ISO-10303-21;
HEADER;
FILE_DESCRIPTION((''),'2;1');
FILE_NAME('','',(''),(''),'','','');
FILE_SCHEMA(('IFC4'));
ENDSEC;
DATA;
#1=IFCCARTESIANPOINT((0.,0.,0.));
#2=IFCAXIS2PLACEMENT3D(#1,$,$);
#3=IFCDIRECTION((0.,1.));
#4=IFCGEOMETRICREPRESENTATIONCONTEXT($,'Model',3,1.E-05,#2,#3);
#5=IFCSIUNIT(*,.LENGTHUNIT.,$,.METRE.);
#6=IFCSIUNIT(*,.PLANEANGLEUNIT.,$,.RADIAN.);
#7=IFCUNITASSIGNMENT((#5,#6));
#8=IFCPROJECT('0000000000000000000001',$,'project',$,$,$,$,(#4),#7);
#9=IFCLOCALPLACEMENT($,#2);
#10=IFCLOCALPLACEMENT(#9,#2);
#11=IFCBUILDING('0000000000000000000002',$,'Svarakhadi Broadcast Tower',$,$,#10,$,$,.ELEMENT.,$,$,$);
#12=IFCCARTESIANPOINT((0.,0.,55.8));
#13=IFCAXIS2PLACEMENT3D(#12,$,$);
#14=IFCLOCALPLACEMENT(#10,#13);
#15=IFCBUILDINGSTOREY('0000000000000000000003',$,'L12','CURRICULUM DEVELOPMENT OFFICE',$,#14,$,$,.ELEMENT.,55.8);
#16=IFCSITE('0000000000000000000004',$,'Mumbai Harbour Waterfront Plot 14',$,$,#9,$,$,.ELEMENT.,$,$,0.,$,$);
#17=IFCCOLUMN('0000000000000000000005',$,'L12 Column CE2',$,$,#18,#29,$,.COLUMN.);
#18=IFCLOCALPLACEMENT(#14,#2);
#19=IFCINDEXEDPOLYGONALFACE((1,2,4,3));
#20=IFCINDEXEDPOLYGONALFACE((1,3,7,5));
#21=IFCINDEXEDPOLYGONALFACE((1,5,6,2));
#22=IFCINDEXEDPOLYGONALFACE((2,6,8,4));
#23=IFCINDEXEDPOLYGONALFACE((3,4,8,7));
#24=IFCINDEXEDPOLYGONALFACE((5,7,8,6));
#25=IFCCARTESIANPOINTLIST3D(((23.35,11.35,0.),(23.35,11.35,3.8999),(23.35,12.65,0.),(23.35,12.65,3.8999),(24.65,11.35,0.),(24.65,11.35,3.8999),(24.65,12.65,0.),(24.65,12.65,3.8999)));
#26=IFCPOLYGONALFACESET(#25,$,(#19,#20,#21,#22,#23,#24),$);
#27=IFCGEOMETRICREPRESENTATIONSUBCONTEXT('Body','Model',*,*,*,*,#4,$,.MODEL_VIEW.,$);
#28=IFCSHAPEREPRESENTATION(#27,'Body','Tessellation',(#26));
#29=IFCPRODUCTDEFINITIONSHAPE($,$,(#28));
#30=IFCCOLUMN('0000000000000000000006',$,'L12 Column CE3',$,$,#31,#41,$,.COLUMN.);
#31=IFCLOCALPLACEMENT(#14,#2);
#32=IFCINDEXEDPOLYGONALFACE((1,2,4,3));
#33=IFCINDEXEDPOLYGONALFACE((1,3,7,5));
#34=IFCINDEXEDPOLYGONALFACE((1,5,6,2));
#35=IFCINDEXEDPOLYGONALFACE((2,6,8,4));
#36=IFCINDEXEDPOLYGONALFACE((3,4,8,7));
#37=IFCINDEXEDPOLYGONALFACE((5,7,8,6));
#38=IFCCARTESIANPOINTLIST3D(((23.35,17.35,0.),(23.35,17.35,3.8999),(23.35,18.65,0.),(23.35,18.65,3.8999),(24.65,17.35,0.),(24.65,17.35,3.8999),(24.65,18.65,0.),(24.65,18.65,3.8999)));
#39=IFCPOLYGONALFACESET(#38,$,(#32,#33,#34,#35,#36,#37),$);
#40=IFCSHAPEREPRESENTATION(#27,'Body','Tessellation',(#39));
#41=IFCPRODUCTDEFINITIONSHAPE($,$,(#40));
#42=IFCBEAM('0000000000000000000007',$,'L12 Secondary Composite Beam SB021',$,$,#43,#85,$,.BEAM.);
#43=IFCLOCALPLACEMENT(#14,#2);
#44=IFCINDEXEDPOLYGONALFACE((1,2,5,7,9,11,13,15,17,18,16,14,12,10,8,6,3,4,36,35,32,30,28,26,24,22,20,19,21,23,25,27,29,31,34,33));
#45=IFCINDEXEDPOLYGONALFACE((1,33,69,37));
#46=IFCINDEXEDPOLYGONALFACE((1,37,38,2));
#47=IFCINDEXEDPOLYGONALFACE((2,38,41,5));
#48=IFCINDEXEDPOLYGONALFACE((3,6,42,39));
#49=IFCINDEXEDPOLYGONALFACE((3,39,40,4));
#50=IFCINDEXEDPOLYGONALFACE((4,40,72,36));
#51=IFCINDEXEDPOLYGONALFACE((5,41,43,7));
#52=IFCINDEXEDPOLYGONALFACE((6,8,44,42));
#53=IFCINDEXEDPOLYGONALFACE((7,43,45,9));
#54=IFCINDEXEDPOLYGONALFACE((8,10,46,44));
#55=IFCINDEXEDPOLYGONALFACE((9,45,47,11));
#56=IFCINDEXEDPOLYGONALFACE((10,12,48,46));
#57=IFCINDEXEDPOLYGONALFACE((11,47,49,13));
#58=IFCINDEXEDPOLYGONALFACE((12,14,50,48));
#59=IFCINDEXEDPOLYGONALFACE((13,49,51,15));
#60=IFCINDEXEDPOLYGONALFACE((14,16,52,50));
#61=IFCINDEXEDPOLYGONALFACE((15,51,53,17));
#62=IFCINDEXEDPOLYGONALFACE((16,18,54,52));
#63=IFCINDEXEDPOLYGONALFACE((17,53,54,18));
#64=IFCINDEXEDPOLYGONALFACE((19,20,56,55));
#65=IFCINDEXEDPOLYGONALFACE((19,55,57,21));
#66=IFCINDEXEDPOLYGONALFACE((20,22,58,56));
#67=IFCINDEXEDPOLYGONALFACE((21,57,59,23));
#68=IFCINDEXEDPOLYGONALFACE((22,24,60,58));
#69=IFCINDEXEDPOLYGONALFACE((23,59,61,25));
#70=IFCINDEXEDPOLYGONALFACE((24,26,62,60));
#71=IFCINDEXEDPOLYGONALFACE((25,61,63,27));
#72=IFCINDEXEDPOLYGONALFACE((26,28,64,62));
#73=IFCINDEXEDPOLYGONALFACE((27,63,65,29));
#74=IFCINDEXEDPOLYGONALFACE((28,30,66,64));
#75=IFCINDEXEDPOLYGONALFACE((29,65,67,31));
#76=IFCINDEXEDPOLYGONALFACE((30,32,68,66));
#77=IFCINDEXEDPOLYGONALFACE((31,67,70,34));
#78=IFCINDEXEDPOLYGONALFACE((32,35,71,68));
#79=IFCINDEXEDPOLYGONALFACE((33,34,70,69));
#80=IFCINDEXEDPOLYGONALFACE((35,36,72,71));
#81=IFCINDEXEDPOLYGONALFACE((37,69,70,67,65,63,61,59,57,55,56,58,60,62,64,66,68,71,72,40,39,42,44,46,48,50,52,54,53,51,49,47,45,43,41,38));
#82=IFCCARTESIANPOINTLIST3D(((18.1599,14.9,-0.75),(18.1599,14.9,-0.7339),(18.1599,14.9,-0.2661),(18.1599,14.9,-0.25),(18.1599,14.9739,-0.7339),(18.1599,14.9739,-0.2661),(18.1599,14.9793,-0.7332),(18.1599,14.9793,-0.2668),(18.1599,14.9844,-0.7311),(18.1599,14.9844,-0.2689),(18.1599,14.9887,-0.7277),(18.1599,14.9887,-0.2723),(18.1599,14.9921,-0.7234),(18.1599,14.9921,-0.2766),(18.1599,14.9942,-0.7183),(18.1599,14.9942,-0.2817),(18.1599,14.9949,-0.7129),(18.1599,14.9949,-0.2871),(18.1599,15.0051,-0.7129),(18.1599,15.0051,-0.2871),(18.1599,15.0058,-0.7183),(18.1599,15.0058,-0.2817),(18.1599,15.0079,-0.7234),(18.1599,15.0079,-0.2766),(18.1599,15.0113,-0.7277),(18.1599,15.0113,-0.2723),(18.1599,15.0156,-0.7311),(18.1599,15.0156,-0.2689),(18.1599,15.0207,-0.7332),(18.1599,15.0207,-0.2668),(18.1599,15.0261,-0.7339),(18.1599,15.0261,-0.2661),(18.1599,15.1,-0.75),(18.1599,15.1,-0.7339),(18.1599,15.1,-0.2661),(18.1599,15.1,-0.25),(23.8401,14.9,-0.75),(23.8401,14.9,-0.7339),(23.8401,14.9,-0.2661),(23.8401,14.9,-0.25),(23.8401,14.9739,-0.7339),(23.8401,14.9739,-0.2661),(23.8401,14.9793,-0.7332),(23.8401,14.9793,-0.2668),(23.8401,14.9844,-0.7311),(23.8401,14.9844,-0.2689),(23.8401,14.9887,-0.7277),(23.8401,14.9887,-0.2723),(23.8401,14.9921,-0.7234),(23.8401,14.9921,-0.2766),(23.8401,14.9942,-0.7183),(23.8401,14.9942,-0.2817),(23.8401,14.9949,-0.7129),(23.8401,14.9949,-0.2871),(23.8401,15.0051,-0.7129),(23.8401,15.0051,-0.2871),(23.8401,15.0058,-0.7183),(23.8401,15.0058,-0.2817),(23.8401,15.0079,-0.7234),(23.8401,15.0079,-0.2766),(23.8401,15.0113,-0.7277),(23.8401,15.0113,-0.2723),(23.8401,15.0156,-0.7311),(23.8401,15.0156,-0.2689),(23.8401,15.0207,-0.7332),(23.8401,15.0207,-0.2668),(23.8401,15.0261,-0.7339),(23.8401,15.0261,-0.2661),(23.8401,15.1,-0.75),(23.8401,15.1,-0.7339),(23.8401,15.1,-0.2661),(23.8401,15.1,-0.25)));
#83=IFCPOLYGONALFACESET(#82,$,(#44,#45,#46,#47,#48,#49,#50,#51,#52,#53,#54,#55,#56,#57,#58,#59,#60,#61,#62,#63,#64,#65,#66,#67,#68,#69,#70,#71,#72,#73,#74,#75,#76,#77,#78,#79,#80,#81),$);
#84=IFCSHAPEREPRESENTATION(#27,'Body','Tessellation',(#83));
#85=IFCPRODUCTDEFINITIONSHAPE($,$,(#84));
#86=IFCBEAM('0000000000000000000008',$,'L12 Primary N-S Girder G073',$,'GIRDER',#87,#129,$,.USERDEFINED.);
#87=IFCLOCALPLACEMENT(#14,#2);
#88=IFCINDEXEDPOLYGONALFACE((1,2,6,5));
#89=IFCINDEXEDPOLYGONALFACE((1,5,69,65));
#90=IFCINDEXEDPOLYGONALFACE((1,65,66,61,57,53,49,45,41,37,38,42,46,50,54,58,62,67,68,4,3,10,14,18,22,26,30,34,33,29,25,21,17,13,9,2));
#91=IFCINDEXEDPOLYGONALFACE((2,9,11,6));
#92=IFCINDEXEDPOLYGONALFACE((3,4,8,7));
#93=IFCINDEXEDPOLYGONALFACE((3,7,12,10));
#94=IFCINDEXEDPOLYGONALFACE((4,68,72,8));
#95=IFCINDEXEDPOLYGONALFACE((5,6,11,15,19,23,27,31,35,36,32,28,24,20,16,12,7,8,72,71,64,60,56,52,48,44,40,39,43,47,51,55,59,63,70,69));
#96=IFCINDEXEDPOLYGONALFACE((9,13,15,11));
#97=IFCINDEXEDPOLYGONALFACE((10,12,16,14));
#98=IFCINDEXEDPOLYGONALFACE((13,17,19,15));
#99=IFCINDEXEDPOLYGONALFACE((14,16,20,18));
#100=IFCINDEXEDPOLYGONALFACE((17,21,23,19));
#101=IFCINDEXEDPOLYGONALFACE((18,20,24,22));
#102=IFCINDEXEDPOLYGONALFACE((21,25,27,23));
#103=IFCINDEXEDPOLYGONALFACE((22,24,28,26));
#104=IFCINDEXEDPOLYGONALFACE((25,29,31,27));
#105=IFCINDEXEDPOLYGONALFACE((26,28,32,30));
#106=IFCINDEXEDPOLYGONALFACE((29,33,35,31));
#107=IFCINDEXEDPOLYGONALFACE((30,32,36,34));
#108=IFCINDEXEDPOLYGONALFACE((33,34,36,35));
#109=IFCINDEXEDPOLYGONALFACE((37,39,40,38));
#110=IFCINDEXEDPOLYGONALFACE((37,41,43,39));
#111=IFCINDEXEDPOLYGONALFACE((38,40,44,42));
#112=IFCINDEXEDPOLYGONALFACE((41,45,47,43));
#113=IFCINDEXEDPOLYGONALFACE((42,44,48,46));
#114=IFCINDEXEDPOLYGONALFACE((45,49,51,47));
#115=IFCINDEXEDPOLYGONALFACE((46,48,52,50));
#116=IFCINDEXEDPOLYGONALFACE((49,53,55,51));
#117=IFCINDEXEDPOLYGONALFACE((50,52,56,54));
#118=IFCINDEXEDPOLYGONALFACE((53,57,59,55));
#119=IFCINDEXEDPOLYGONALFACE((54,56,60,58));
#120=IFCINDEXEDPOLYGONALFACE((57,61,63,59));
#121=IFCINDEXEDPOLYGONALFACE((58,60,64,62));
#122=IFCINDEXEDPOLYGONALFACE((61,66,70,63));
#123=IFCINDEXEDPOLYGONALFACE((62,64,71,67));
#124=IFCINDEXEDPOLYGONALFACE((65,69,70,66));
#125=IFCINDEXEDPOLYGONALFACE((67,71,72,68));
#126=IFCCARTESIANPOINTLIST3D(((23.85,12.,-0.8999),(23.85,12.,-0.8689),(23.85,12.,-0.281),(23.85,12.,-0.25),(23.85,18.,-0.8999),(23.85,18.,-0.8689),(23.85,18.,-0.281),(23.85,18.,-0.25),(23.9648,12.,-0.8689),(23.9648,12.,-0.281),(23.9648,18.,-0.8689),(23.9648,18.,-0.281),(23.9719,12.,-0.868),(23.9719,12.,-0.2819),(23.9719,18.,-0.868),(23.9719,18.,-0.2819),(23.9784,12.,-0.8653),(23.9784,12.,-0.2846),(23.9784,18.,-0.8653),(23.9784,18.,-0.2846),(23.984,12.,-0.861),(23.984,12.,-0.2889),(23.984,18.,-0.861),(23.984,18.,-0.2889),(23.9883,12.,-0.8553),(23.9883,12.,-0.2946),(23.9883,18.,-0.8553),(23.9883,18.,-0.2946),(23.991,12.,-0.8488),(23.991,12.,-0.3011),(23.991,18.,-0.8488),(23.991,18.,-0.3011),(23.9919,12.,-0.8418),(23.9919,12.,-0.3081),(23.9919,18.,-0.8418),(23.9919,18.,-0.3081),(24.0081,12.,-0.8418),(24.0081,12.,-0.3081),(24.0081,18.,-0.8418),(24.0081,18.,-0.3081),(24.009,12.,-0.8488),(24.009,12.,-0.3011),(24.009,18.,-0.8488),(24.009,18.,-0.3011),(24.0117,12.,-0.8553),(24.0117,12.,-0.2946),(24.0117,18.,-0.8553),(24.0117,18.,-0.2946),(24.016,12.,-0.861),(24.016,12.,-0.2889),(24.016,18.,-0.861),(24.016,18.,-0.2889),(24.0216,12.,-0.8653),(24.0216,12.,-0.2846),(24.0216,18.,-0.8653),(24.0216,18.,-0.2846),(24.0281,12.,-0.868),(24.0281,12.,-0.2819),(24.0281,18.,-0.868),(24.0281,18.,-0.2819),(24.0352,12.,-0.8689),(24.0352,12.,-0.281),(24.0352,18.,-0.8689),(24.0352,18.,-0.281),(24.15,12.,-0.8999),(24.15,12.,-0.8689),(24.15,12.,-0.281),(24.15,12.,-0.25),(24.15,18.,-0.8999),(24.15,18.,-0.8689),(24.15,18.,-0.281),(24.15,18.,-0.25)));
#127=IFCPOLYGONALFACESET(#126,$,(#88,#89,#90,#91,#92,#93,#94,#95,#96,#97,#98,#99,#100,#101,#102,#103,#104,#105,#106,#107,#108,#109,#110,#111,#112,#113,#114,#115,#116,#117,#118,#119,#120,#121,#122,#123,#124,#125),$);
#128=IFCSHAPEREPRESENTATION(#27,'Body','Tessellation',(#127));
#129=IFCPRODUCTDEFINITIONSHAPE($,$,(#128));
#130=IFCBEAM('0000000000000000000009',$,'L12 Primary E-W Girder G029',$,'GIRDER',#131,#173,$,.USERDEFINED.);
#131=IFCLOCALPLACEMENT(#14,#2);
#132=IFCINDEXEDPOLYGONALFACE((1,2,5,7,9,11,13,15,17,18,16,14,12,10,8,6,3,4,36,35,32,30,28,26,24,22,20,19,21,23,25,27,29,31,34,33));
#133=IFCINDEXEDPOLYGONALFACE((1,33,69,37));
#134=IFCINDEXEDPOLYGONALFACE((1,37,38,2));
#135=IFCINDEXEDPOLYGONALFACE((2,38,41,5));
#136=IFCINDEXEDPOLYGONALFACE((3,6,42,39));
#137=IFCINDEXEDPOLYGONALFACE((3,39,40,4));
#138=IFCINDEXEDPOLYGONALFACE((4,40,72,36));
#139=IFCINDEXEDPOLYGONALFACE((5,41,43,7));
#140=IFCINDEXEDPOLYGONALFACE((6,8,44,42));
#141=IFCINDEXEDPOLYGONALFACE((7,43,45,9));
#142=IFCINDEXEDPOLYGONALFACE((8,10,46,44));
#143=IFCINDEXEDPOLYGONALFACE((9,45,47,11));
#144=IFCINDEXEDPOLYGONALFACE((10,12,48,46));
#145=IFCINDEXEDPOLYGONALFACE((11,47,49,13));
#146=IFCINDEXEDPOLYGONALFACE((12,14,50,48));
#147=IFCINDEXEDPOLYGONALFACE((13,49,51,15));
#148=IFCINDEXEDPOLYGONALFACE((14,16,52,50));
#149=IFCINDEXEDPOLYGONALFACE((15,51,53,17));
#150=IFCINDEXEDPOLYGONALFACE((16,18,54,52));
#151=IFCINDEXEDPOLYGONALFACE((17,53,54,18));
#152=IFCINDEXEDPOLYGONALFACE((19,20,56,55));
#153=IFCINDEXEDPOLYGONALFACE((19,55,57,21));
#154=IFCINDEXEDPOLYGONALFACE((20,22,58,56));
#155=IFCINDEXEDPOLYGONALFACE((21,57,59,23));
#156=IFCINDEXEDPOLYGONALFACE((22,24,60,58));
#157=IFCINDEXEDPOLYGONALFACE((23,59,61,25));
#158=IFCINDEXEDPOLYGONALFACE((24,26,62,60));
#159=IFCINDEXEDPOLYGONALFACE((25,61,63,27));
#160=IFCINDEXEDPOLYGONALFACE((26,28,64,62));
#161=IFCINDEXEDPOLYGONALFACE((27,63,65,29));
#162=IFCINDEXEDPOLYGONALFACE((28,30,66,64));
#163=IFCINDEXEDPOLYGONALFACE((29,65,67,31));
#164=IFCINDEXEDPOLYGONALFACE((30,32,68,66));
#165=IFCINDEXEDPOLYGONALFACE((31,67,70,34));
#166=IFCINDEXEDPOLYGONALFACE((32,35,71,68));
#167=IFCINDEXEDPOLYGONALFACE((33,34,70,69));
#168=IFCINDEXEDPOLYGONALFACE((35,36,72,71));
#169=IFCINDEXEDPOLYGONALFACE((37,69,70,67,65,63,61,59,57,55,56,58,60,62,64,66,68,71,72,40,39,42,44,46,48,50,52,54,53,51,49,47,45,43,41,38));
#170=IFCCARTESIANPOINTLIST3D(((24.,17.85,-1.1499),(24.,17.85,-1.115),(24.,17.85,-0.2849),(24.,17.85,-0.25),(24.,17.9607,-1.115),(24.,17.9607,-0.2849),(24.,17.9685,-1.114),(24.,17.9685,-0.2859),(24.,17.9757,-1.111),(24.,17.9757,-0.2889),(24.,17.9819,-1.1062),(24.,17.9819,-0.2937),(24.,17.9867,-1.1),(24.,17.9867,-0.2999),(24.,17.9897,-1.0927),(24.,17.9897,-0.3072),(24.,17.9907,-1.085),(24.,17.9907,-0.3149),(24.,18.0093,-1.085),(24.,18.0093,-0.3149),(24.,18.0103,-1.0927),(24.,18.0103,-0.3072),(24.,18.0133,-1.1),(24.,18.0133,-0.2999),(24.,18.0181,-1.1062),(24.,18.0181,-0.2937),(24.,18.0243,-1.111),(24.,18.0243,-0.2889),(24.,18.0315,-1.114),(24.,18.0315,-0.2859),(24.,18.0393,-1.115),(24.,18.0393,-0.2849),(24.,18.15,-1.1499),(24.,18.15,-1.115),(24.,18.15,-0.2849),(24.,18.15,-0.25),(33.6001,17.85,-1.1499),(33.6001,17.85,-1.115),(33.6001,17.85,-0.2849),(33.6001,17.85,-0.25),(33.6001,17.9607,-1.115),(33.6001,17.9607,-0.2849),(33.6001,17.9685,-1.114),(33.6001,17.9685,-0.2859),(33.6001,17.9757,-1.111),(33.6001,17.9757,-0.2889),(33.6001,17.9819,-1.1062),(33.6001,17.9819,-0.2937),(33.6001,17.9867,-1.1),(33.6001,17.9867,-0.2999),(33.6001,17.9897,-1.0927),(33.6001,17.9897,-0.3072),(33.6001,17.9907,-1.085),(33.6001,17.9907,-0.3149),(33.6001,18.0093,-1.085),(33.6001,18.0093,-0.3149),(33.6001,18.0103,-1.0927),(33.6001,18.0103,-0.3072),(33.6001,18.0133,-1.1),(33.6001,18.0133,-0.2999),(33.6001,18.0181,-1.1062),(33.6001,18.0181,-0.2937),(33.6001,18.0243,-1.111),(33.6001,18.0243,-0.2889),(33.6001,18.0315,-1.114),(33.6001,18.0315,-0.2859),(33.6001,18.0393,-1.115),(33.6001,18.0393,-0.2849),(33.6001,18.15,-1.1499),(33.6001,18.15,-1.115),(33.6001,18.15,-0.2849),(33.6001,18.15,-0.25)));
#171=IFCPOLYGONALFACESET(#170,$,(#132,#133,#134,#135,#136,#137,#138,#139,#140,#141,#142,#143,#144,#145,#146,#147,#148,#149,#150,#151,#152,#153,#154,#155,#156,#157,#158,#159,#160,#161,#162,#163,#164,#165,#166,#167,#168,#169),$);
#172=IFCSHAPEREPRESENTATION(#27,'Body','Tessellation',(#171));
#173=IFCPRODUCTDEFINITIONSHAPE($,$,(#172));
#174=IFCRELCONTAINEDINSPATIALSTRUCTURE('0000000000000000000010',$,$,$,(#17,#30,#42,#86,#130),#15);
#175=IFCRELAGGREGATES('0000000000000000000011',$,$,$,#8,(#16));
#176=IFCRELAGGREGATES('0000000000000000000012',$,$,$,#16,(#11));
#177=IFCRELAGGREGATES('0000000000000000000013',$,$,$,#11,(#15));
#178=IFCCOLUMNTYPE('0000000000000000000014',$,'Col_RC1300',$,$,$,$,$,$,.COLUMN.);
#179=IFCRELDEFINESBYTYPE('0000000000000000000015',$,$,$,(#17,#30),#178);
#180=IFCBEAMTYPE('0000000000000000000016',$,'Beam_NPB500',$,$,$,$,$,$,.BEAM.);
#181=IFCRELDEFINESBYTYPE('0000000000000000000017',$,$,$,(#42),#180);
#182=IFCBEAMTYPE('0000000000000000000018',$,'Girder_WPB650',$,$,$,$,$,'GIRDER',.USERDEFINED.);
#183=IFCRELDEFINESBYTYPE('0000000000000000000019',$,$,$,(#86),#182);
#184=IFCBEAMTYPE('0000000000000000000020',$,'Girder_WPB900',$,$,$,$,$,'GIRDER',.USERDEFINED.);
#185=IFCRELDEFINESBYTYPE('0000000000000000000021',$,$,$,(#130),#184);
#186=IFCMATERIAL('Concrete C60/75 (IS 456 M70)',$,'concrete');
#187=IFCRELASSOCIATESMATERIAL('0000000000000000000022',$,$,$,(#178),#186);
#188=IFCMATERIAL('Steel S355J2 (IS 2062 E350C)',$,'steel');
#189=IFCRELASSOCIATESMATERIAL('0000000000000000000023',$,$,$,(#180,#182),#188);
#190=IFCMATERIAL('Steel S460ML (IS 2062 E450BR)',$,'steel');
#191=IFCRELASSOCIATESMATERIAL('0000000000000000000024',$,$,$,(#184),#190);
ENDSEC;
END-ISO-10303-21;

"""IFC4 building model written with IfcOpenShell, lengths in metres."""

from ifc_helpers import new_model, si_unit, direction, frame, origin, origin_2d, place, context, subcontext, project, spatial, rectangle, i_section, extrude, material, material_profile, profile_set, type_object, element, save


model = new_model("IFC4")

# Units and contexts
model_context = context("Model", 3, precision=1e-05, world=origin(), true_north=direction((0.0, 1.0)))
body_context = subcontext(model_context, "Body", "Model", "MODEL_VIEW")
ifc_project = project(units=[si_unit("LENGTHUNIT", "METRE"), si_unit("PLANEANGLEUNIT", "RADIAN")], contexts=[model_context])

# Site, building, storey
site_placement = place(None, origin())
site = spatial("IfcSite", under=ifc_project, at=site_placement, Name="Mumbai Harbour Waterfront Plot 14", CompositionType="ELEMENT", RefElevation=0.0)
building_placement = place(site_placement, origin())
building = spatial("IfcBuilding", under=site, at=building_placement, Name="Svarakhadi Broadcast Tower", CompositionType="ELEMENT")
storey_placement = place(building_placement, frame((0.0, 0.0, 55.8)))
storey = spatial("IfcBuildingStorey", under=building, at=storey_placement, Name="L12", Description="CURRICULUM DEVELOPMENT OFFICE", CompositionType="ELEMENT", Elevation=55.8)

# Columns
ifc_material_1 = material(Name="Concrete C60/75 (IS 456 M70)", Category="concrete")
ifc_material_profile_1 = material_profile(ifc_material_1, rectangle(XDim=1.3, YDim=1.3, at=origin_2d()), Name="RC 1300x1300")
ifc_profile_set_1 = profile_set([ifc_material_profile_1], Name="Concrete C60/75 (IS 456 M70)")
column_type = type_object("IfcColumnType", Name="Col_RC1300", PredefinedType="COLUMN", material=ifc_profile_set_1)
for number, where, z_axis, x_axis, name in (
    (1, (24.0, 12.0, 0.0), (0.0, 0.0, 1.0), (1.0, 0.0, 0.0), "L12 Column CE2"),
    (2, (24.0, 18.0, 0.0), (0.0, 0.0, 1.0), (1.0, 0.0, 0.0), "L12 Column CE3"),
):
    element("IfcColumn", number, at=place(storey_placement, frame(where, z_axis=z_axis, x_axis=x_axis)), inside=storey, type_object=column_type, Name=name, PredefinedType="COLUMN", context=body_context, shape_type="SweptSolid", body=[
        extrude(rectangle(XDim=1.3, YDim=1.3, at=origin_2d()), origin(), (0.0, 0.0, 1.0), 3.8999),
    ])

# Beams
ifc_material_2 = material(Name="Steel S355J2 (IS 2062 E350C)", Category="steel")
ifc_material_profile_2 = material_profile(ifc_material_2, i_section(OverallWidth=0.2, OverallDepth=0.5, WebThickness=0.0103, FlangeThickness=0.0161, FilletRadius=0.021, at=origin_2d()), Name="NPB 500x200x91")
ifc_profile_set_2 = profile_set([ifc_material_profile_2], Name="Steel S355J2 (IS 2062 E350C)")
beam_type_1 = type_object("IfcBeamType", Name="Beam_NPB500", PredefinedType="BEAM", material=ifc_profile_set_2)
beam_1_placement = place(storey_placement, frame((18.1599, 15.0, -0.5), z_axis=(1.0, 0.0, 0.0), x_axis=(0.0, 1.0, 0.0)))
element("IfcBeam", 3, at=beam_1_placement, inside=storey, type_object=beam_type_1, Name="L12 Secondary Composite Beam SB021", PredefinedType="BEAM", context=body_context, shape_type="SweptSolid", body=[
    extrude(i_section(OverallWidth=0.2, OverallDepth=0.5, WebThickness=0.0103, FlangeThickness=0.0161, FilletRadius=0.021, at=origin_2d()), origin(), (0.0, 0.0, 1.0), 5.6802),
])
ifc_material_profile_3 = material_profile(ifc_material_2, i_section(OverallWidth=0.3, OverallDepth=0.6499, WebThickness=0.0161, FlangeThickness=0.031, FilletRadius=0.0271, at=origin_2d()), Name="WPB 650x300x225")
ifc_profile_set_3 = profile_set([ifc_material_profile_3], Name="Steel S355J2 (IS 2062 E350C)")
beam_type_2 = type_object("IfcBeamType", Name="Girder_WPB650", ElementType="GIRDER", PredefinedType="USERDEFINED", material=ifc_profile_set_3)
beam_2_placement = place(storey_placement, frame((24.0, 12.0, -0.575), z_axis=(0.0, 1.0, 0.0), x_axis=(-1.0, 0.0, 0.0)))
element("IfcBeam", 4, at=beam_2_placement, inside=storey, type_object=beam_type_2, Name="L12 Primary N-S Girder G073", ObjectType="GIRDER", PredefinedType="USERDEFINED", context=body_context, shape_type="SweptSolid", body=[
    extrude(i_section(OverallWidth=0.3, OverallDepth=0.6499, WebThickness=0.0161, FlangeThickness=0.031, FilletRadius=0.0271, at=origin_2d()), origin(), (0.0, 0.0, 1.0), 6.0),
])
ifc_material_3 = material(Name="Steel S460ML (IS 2062 E450BR)", Category="steel")
ifc_material_profile_4 = material_profile(ifc_material_3, i_section(OverallWidth=0.3, OverallDepth=0.8999, WebThickness=0.0186, FlangeThickness=0.0349, FilletRadius=0.03, at=origin_2d()), Name="WPB 900x300x291")
ifc_profile_set_4 = profile_set([ifc_material_profile_4], Name="Steel S460ML (IS 2062 E450BR)")
beam_type_3 = type_object("IfcBeamType", Name="Girder_WPB900", ElementType="GIRDER", PredefinedType="USERDEFINED", material=ifc_profile_set_4)
for number, where, z_axis, x_axis, name in (
    (5, (24.0, 18.0, -0.7), (1.0, 0.0, 0.0), (0.0, 1.0, 0.0), "L12 Primary E-W Girder G029"),
):
    element("IfcBeam", number, at=place(storey_placement, frame(where, z_axis=z_axis, x_axis=x_axis)), inside=storey, type_object=beam_type_3, Name=name, ObjectType="GIRDER", PredefinedType="USERDEFINED", context=body_context, shape_type="SweptSolid", body=[
        extrude(i_section(OverallWidth=0.3, OverallDepth=0.8999, WebThickness=0.0186, FlangeThickness=0.0349, FilletRadius=0.03, at=origin_2d()), origin(), (0.0, 0.0, 1.0), 9.6001),
    ])

save(model, "model.ifc")
